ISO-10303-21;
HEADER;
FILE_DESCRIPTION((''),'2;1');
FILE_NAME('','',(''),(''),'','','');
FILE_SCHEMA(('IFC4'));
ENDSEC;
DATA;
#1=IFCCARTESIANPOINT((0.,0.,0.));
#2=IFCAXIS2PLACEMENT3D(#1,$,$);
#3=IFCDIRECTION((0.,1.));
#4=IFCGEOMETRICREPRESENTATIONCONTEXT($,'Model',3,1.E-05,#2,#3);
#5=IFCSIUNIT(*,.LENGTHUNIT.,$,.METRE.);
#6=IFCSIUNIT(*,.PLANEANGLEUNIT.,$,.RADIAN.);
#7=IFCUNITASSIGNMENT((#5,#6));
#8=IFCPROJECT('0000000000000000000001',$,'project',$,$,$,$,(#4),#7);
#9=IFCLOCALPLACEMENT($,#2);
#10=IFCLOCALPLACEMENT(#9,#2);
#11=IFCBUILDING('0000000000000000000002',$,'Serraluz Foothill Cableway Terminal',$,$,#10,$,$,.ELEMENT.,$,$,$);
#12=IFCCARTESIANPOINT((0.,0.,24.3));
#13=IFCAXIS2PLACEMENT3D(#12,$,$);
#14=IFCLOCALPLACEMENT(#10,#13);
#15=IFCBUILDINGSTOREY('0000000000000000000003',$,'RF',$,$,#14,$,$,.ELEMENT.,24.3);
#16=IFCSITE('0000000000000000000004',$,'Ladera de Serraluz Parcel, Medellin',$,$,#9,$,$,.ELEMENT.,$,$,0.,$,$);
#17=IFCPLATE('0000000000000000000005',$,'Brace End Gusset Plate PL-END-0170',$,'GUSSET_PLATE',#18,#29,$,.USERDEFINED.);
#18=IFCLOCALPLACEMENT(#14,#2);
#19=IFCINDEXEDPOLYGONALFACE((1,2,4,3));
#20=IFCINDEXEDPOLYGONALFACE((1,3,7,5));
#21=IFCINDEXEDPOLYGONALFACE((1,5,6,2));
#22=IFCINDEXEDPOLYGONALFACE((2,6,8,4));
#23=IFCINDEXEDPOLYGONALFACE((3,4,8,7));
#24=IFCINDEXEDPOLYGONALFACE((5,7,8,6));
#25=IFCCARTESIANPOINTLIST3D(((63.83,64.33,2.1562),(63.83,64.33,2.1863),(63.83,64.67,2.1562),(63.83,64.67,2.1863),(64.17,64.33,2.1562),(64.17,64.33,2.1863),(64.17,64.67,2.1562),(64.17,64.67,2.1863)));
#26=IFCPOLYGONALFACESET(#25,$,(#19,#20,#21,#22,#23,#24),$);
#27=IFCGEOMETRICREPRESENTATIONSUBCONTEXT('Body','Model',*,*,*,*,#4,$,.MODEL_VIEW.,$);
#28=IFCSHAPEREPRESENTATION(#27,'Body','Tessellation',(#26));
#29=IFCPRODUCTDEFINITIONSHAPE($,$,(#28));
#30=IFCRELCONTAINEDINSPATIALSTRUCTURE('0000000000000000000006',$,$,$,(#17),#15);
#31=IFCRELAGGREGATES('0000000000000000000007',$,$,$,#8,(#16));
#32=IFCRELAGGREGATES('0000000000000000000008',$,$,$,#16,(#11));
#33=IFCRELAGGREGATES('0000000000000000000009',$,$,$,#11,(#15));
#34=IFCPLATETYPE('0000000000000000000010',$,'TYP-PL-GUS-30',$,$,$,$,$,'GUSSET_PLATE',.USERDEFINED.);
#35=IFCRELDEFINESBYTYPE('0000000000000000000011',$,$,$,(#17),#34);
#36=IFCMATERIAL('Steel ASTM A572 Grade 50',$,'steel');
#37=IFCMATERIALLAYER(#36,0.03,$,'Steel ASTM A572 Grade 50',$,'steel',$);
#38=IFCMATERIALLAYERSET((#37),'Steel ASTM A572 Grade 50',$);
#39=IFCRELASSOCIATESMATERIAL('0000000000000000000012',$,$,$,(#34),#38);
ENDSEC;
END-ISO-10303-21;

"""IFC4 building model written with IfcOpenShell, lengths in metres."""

from ifc_helpers import new_model, si_unit, direction, frame, origin, origin_2d, place, context, subcontext, project, spatial, rectangle, extrude, material, layer, layer_set, type_object, element, save


model = new_model("IFC4")

# Units and contexts
model_context = context("Model", 3, precision=1e-05, world=origin(), true_north=direction((0.0, 1.0)))
body_context = subcontext(model_context, "Body", "Model", "MODEL_VIEW")
ifc_project = project(units=[si_unit("LENGTHUNIT", "METRE"), si_unit("PLANEANGLEUNIT", "RADIAN")], contexts=[model_context])

# Site, building, storey
site_placement = place(None, origin())
site = spatial("IfcSite", under=ifc_project, at=site_placement, Name="Ladera de Serraluz Parcel, Medellin", CompositionType="ELEMENT", RefElevation=0.0)
building_placement = place(site_placement, origin())
building = spatial("IfcBuilding", under=site, at=building_placement, Name="Serraluz Foothill Cableway Terminal", CompositionType="ELEMENT")
storey_placement = place(building_placement, frame((0.0, 0.0, 24.3)))
storey = spatial("IfcBuildingStorey", under=building, at=storey_placement, Name="RF", CompositionType="ELEMENT", Elevation=24.3)

# Shared definitions
ifc_material_1 = material(Name="Steel ASTM A572 Grade 50", Category="steel")

# Plate
ifc_layer_1 = layer(ifc_material_1, 0.03, Name="Steel ASTM A572 Grade 50", Category="steel")
ifc_layer_set_1 = layer_set([ifc_layer_1], Name="Steel ASTM A572 Grade 50")
plate_type_1 = type_object("IfcPlateType", Name="TYP-PL-GUS-30", ElementType="GUSSET_PLATE", PredefinedType="USERDEFINED", material=ifc_layer_set_1)
plate_placement = place(storey_placement, frame((64.0, 64.5, 2.1562), z_axis=(0.0, 0.0, 1.0), x_axis=(1.0, 0.0, 0.0)))
element("IfcPlate", 1, at=plate_placement, inside=storey, type_object=plate_type_1, Name="Brace End Gusset Plate PL-END-0170", ObjectType="GUSSET_PLATE", PredefinedType="USERDEFINED", context=body_context, shape_type="SweptSolid", body=[
    extrude(rectangle(XDim=0.3401, YDim=0.3401, at=origin_2d()), origin(), (0.0, 0.0, 1.0), 0.03),
])

save(model, "model.ifc")
